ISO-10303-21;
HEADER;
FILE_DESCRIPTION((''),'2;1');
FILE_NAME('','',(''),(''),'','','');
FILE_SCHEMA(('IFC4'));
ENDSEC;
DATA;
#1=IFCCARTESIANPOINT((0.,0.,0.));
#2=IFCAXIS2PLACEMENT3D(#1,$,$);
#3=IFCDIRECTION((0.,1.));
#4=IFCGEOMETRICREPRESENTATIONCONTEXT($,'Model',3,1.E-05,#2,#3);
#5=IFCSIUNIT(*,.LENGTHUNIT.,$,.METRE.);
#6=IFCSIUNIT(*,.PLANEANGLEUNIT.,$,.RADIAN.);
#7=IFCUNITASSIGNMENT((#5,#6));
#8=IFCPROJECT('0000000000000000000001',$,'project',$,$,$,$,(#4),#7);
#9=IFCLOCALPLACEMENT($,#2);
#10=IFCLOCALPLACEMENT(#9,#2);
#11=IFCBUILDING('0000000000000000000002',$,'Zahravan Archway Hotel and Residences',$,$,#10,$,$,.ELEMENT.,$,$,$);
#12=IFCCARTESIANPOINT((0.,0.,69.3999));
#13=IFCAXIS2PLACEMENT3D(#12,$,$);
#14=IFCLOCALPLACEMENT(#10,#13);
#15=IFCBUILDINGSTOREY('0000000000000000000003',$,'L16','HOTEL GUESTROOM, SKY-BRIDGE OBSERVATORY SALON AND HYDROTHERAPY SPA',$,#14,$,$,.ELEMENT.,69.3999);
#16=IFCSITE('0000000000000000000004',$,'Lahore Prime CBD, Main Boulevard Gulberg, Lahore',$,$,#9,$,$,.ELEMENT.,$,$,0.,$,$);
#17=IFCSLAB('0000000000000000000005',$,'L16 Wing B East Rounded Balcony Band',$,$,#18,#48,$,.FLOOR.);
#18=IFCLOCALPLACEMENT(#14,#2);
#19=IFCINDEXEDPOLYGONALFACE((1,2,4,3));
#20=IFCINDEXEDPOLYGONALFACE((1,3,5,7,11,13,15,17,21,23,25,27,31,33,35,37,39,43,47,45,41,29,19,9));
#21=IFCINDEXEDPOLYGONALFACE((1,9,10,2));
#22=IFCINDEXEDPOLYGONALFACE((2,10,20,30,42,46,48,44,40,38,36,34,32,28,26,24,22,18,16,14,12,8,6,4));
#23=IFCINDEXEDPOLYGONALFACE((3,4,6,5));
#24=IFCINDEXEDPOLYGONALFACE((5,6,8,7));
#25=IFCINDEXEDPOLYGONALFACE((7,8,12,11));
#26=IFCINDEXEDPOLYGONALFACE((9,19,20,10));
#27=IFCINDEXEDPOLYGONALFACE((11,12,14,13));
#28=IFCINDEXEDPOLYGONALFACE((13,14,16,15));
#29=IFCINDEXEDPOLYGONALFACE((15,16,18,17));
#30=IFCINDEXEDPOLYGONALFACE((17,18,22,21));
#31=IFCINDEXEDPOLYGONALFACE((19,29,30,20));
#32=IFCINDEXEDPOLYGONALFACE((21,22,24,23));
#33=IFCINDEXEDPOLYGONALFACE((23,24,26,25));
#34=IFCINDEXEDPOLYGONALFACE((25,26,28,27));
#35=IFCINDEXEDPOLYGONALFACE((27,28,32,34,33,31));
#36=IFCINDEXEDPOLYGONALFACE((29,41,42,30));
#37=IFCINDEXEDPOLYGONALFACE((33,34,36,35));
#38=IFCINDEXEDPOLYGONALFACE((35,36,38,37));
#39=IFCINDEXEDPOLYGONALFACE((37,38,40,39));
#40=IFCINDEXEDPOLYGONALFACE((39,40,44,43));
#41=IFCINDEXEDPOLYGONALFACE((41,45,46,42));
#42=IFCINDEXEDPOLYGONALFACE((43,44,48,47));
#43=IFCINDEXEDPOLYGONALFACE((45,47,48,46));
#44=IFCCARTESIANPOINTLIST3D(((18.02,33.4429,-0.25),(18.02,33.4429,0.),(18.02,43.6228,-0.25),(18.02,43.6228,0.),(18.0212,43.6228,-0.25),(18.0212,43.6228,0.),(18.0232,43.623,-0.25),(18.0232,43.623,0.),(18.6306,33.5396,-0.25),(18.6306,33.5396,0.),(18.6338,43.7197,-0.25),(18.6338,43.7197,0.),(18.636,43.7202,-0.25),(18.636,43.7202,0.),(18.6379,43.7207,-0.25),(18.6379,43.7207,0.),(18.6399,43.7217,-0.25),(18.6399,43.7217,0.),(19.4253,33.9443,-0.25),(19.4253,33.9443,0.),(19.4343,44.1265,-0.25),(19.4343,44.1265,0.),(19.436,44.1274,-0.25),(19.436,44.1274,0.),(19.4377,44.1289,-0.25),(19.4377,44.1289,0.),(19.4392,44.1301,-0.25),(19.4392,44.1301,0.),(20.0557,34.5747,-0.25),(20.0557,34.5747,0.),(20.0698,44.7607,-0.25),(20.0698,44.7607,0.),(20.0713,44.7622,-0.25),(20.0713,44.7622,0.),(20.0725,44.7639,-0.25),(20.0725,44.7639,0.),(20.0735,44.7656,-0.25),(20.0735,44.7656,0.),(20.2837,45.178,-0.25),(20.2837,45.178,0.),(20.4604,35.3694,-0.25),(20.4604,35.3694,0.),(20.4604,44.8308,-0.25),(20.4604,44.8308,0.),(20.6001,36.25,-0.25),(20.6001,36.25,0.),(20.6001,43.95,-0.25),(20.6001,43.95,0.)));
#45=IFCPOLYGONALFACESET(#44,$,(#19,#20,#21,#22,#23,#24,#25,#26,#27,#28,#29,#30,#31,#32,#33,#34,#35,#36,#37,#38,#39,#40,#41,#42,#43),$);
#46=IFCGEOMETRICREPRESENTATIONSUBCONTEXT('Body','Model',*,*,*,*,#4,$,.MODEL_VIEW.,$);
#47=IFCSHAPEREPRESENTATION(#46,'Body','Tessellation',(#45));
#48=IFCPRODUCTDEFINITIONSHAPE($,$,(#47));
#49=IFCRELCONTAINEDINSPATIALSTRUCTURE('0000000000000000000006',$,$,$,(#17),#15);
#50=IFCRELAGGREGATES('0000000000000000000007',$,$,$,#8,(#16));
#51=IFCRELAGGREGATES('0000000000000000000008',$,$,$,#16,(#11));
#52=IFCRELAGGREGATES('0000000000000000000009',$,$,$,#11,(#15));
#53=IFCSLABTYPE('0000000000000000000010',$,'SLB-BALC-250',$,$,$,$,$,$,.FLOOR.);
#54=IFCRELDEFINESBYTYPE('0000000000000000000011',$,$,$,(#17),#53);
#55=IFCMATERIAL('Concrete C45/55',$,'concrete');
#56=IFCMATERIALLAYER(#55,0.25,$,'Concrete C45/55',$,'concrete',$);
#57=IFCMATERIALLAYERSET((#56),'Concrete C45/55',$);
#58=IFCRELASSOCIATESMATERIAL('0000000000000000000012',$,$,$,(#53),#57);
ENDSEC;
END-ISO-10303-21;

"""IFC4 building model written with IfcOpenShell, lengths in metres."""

from ifc_helpers import new_model, si_unit, direction, frame, origin, place, context, subcontext, project, spatial, polyline, outline, extrude, material, layer, layer_set, type_object, element, save


model = new_model("IFC4")

# Units and contexts
model_context = context("Model", 3, precision=1e-05, world=origin(), true_north=direction((0.0, 1.0)))
body_context = subcontext(model_context, "Body", "Model", "MODEL_VIEW")
ifc_project = project(units=[si_unit("LENGTHUNIT", "METRE"), si_unit("PLANEANGLEUNIT", "RADIAN")], contexts=[model_context])

# Site, building, storey
site_placement = place(None, origin())
site = spatial("IfcSite", under=ifc_project, at=site_placement, Name="Lahore Prime CBD, Main Boulevard Gulberg, Lahore", CompositionType="ELEMENT", RefElevation=0.0)
building_placement = place(site_placement, origin())
building = spatial("IfcBuilding", under=site, at=building_placement, Name="Zahravan Archway Hotel and Residences", CompositionType="ELEMENT")
storey_placement = place(building_placement, frame((0.0, 0.0, 69.3999)))
storey = spatial("IfcBuildingStorey", under=building, at=storey_placement, Name="L16", Description="HOTEL GUESTROOM, SKY-BRIDGE OBSERVATORY SALON AND HYDROTHERAPY SPA", CompositionType="ELEMENT", Elevation=69.3999)

# Slab
ifc_material_1 = material(Name="Concrete C45/55", Category="concrete")
ifc_layer_1 = layer(ifc_material_1, 0.25, Name="Concrete C45/55", Category="concrete")
ifc_layer_set_1 = layer_set([ifc_layer_1], Name="Concrete C45/55")
slab_type_1 = type_object("IfcSlabType", Name="SLB-BALC-250", PredefinedType="FLOOR", material=ifc_layer_set_1)
slab_1_placement = place(storey_placement, frame((0.0, 0.0, -0.25)))
element("IfcSlab", 1, at=slab_1_placement, inside=storey, type_object=slab_type_1, Name="L16 Wing B East Rounded Balcony Band", PredefinedType="FLOOR", context=body_context, shape_type="SweptSolid", body=[
    extrude(outline(polyline([(20.4604, 44.8308), (20.6001, 43.95), (20.6001, 36.25), (20.4604, 35.3694), (20.0557, 34.5747), (19.4253, 33.9443), (18.6306, 33.5396), (18.02, 33.4429), (18.02, 43.6228), (18.0212, 43.6228), (18.0232, 43.623), (18.6338, 43.7197), (18.636, 43.7202), (18.6379, 43.7207), (18.6399, 43.7217), (19.4343, 44.1265), (19.436, 44.1274), (19.4377, 44.1289), (19.4392, 44.1301), (20.0698, 44.7607), (20.0713, 44.7622), (20.0725, 44.7639), (20.0735, 44.7656), (20.2837, 45.178), (20.4604, 44.8308)])), origin(), (0.0, 0.0, 1.0), 0.25),
])

save(model, "model.ifc")
